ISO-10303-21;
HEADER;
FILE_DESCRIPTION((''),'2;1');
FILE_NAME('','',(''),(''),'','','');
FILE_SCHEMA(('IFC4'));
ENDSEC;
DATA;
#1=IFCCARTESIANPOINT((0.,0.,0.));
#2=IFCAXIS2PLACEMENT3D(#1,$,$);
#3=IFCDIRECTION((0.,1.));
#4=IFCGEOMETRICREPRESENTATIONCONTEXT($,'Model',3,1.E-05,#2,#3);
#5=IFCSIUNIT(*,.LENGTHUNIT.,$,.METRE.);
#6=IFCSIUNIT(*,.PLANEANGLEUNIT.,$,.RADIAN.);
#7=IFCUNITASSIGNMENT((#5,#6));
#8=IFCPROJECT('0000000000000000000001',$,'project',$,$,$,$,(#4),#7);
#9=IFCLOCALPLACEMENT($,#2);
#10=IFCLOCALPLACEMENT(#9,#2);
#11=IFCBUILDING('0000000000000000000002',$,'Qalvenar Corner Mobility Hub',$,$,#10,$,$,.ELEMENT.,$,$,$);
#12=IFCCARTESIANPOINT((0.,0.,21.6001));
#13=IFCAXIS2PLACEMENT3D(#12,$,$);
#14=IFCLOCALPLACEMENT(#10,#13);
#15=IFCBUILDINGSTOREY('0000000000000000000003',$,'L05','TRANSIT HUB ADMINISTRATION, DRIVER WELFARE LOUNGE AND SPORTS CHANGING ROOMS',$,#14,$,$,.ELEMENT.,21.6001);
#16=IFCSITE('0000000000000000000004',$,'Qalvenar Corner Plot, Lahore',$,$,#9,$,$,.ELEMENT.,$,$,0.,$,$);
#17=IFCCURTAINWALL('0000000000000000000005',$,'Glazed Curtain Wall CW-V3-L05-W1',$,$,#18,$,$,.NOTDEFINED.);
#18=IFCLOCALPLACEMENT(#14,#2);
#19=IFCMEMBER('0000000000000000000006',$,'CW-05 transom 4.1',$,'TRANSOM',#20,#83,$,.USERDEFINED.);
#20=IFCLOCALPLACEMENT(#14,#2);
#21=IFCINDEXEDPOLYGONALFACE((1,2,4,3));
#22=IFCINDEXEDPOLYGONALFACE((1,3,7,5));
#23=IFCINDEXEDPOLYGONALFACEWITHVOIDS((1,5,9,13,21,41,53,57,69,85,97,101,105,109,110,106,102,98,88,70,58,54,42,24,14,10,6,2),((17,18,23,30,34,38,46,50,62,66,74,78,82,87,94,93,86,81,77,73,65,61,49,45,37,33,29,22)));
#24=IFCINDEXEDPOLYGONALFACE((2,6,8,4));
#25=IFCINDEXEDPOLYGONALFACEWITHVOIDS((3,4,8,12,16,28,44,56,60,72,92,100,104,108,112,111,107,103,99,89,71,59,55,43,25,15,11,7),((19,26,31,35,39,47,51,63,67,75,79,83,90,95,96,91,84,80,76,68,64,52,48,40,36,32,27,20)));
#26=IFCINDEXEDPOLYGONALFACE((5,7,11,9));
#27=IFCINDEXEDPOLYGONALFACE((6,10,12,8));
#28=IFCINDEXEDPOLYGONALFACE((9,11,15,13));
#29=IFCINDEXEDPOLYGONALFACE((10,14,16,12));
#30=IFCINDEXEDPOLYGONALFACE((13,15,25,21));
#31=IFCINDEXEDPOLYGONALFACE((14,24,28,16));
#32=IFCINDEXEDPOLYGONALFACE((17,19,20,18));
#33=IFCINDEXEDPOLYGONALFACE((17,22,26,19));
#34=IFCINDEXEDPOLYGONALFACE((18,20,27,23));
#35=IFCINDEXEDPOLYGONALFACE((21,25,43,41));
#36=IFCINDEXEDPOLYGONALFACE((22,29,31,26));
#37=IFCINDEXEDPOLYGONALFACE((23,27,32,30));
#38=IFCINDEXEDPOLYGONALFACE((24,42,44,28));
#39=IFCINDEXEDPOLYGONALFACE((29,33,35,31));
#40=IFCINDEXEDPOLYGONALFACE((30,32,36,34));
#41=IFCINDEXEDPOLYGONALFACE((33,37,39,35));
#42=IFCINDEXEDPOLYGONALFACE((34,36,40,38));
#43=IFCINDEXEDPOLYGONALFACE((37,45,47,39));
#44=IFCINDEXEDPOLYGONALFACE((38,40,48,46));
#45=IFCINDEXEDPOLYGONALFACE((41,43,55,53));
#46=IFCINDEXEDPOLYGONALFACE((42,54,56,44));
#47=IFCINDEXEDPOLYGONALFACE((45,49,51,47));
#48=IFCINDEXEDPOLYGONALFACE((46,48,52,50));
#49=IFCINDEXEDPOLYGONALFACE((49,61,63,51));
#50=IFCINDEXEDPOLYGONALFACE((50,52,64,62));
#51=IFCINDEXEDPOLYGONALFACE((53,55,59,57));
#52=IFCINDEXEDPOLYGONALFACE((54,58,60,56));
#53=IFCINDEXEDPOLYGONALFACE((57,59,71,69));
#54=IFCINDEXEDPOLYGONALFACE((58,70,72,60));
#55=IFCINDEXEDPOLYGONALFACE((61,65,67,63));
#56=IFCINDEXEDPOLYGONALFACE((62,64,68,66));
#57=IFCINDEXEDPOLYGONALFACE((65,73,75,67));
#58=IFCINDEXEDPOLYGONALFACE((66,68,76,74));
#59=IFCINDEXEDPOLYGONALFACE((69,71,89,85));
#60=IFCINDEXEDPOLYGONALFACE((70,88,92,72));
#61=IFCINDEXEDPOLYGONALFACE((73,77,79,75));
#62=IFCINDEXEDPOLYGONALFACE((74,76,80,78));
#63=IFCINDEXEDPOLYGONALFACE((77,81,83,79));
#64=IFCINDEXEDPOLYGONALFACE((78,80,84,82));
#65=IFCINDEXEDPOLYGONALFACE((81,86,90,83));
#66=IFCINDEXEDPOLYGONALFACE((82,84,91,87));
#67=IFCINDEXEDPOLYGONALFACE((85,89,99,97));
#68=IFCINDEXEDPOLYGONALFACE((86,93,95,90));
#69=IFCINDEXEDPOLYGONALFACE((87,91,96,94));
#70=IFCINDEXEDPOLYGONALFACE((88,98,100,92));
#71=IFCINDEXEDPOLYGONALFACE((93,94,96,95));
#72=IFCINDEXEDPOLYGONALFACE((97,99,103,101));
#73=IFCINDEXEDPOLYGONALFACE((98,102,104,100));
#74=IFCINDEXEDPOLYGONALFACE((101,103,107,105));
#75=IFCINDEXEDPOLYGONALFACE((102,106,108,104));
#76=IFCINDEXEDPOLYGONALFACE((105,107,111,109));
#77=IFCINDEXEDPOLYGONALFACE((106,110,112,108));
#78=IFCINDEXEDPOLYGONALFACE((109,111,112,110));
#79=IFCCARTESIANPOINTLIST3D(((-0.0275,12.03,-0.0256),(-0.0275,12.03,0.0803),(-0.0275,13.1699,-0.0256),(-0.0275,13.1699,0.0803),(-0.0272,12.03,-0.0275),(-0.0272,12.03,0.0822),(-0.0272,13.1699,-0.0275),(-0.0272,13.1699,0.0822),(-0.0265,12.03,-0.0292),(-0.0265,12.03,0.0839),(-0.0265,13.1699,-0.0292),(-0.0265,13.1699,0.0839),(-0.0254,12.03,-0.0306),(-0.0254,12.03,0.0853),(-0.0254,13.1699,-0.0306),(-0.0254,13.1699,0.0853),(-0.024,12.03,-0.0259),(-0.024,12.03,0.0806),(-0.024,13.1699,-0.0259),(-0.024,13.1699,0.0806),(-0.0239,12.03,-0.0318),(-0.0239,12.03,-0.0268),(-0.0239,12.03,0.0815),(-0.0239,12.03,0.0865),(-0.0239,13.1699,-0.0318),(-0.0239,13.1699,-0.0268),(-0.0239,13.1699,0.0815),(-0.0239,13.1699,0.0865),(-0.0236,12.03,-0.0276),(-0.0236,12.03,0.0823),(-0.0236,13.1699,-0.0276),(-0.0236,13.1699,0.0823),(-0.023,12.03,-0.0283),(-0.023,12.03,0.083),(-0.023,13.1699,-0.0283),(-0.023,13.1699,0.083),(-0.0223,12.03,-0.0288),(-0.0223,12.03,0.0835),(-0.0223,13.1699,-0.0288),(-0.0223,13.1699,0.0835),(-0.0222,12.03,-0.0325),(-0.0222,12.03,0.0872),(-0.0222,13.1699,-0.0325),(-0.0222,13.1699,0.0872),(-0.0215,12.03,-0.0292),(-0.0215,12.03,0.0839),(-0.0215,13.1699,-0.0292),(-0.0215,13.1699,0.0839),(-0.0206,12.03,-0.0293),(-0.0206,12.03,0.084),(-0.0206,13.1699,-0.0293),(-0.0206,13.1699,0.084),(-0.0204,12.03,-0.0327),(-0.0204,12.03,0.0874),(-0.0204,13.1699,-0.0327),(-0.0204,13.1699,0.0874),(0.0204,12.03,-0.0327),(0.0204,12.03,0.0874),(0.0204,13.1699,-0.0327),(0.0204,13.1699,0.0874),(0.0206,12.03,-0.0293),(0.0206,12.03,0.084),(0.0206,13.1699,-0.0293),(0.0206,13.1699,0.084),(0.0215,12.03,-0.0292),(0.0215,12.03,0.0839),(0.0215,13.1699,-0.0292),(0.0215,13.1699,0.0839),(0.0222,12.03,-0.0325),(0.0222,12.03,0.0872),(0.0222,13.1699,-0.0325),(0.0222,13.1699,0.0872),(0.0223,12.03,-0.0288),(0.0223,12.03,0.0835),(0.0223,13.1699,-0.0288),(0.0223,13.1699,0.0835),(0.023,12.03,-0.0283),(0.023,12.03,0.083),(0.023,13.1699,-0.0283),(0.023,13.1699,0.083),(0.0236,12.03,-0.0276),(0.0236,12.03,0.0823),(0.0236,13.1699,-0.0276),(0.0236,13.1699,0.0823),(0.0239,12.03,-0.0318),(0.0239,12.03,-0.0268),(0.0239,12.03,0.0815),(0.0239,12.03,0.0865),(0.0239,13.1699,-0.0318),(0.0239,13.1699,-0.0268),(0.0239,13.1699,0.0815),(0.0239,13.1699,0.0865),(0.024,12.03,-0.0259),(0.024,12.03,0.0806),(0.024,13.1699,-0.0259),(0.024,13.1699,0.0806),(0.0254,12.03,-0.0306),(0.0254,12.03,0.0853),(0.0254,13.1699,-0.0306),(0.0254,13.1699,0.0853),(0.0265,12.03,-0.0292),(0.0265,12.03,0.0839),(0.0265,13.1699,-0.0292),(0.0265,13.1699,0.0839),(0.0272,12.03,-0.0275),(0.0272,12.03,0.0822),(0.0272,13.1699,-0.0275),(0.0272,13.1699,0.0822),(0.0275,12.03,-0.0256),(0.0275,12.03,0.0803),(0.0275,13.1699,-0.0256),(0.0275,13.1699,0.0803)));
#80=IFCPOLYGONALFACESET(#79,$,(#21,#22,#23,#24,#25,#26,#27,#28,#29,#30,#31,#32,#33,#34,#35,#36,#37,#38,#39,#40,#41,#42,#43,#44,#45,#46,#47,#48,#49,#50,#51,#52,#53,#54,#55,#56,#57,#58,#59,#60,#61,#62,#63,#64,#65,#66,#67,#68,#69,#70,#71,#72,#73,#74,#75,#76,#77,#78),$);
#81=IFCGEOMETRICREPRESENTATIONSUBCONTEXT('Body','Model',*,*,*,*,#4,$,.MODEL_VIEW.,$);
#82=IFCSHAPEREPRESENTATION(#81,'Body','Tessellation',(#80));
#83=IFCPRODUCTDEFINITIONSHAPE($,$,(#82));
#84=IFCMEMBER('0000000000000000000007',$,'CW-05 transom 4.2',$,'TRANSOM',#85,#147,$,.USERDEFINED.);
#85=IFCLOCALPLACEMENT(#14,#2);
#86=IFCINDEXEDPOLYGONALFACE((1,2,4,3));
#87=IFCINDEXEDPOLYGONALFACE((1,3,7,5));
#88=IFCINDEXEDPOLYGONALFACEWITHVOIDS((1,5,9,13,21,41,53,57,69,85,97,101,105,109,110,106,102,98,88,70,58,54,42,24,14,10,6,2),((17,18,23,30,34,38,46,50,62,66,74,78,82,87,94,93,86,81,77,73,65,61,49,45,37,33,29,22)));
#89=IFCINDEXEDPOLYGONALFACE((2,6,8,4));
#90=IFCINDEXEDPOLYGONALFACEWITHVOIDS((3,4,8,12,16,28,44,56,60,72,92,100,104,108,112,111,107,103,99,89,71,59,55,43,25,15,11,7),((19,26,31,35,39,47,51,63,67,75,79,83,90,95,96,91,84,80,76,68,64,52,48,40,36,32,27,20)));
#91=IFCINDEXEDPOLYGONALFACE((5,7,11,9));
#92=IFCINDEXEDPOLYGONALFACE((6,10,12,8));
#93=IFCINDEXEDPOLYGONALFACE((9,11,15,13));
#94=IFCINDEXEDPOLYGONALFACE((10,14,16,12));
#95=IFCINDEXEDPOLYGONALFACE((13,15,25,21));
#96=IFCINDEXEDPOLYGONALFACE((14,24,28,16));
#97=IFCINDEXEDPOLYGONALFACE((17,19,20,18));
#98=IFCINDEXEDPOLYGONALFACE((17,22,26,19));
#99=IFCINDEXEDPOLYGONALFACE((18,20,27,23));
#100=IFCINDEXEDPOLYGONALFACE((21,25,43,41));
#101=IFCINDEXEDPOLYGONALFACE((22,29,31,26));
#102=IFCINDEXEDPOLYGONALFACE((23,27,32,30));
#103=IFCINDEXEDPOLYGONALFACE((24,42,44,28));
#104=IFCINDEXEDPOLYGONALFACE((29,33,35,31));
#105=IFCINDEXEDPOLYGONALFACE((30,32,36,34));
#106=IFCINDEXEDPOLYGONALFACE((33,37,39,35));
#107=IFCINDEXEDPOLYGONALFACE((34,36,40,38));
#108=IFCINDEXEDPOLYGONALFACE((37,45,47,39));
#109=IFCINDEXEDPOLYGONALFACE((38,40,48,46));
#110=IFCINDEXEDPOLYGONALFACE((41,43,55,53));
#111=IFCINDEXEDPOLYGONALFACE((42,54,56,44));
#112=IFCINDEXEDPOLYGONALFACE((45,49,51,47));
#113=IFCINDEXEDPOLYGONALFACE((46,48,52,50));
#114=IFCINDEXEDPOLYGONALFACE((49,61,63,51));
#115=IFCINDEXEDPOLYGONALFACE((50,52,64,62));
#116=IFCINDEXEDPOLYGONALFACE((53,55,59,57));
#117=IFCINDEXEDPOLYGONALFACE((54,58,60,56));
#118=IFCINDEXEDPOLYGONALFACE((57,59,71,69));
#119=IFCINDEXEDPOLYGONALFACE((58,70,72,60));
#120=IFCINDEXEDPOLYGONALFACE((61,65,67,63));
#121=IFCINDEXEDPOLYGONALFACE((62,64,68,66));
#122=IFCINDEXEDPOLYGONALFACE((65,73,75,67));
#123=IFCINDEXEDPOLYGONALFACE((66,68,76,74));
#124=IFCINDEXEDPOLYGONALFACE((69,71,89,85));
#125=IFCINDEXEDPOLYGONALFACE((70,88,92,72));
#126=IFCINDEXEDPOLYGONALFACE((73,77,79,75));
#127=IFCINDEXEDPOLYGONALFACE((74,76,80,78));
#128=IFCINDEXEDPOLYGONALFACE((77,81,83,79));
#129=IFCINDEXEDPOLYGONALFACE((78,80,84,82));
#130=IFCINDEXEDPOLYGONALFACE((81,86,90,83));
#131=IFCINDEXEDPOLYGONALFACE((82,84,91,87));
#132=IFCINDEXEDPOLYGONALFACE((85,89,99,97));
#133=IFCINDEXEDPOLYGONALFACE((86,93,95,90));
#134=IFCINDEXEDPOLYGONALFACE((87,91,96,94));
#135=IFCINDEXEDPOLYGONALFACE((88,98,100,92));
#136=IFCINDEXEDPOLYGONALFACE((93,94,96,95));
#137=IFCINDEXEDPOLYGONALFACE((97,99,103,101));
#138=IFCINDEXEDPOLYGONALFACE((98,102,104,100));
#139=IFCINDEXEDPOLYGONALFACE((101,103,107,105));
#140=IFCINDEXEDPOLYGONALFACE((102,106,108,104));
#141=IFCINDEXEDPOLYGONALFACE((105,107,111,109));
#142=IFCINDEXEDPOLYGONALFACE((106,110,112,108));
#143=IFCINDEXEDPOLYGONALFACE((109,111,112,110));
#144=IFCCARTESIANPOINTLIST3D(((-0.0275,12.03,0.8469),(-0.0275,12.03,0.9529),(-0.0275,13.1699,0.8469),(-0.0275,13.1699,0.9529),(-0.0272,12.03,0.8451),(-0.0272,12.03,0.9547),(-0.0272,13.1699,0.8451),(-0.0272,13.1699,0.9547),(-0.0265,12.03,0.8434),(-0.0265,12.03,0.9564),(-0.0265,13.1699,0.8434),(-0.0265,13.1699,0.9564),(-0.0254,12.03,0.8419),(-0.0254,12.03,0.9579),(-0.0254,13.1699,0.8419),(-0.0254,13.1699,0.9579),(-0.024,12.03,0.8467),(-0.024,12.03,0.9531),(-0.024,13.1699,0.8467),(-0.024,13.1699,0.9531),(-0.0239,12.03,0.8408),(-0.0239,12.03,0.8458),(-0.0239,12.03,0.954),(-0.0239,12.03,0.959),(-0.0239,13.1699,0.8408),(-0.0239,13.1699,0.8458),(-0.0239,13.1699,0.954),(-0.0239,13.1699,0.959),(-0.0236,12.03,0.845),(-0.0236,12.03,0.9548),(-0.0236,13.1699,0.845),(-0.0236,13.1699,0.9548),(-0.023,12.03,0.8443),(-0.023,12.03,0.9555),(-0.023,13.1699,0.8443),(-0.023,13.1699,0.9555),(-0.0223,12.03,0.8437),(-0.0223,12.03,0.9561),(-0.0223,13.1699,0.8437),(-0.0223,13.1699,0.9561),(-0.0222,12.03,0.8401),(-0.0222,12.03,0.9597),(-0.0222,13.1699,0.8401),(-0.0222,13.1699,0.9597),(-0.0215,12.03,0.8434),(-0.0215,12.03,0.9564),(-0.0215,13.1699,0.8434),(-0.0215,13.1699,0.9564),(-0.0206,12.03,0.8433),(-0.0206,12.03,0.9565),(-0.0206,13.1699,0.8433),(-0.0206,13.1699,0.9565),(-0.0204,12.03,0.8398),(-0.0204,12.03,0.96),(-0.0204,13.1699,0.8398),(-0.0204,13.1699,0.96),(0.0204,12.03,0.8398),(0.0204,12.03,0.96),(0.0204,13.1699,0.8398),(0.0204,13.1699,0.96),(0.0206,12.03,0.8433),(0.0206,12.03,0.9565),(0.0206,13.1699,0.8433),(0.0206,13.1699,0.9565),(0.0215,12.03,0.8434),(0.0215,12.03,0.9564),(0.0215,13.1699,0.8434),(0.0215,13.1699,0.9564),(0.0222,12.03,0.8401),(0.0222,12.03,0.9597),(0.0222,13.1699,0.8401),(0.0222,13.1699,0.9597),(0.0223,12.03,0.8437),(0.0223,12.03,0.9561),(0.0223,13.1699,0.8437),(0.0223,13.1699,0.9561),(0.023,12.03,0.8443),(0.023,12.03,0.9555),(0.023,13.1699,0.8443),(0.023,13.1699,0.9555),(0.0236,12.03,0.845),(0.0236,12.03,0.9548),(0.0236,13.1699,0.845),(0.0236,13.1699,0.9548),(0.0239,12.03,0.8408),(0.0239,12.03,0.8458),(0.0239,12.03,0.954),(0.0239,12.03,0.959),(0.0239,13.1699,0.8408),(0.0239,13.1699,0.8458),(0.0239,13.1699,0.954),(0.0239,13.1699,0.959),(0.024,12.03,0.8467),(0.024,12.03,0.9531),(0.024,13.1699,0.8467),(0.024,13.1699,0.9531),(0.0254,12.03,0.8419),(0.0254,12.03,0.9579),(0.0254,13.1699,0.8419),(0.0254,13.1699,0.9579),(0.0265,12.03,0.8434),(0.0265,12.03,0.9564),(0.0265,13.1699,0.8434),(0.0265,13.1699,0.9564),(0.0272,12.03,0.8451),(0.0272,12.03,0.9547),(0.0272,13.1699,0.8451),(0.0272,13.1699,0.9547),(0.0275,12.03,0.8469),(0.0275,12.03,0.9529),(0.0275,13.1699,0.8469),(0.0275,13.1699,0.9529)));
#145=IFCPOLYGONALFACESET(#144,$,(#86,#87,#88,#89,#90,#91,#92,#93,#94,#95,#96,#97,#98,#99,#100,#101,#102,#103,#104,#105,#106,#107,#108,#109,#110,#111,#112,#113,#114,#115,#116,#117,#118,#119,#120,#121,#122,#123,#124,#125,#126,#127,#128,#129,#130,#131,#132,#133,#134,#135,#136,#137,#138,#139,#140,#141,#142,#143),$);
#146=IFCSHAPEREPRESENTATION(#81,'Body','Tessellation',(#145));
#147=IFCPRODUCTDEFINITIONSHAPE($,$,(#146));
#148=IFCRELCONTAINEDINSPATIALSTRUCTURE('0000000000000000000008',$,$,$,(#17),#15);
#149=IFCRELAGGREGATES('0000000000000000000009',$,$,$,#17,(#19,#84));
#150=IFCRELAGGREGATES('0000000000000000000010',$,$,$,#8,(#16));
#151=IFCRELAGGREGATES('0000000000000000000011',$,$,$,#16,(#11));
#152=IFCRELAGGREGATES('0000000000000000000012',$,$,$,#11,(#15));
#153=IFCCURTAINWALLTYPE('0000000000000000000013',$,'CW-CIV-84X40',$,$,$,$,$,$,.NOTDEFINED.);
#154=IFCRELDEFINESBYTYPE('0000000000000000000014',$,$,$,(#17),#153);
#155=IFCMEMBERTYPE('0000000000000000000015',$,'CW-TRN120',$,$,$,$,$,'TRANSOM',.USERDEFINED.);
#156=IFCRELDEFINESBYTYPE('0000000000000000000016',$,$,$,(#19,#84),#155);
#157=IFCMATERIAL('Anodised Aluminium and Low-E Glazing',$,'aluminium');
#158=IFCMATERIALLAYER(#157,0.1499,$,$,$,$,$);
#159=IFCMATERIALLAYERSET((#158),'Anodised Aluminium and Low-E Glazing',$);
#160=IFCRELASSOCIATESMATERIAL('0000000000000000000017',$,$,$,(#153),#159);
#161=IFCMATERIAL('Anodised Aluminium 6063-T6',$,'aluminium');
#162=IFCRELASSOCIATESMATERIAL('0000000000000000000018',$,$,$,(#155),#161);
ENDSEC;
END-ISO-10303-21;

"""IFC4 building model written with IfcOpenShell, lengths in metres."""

from ifc_helpers import new_model, si_unit, direction, frame, origin, origin_2d, place, context, subcontext, project, spatial, hollow_rectangle, extrude, material, layer, layer_set, material_profile, profile_set, type_object, element, aggregate, save


model = new_model("IFC4")

# Units and contexts
model_context = context("Model", 3, precision=1e-05, world=origin(), true_north=direction((0.0, 1.0)))
body_context = subcontext(model_context, "Body", "Model", "MODEL_VIEW")
ifc_project = project(units=[si_unit("LENGTHUNIT", "METRE"), si_unit("PLANEANGLEUNIT", "RADIAN")], contexts=[model_context])

# Site, building, storey
site_placement = place(None, origin())
site = spatial("IfcSite", under=ifc_project, at=site_placement, Name="Qalvenar Corner Plot, Lahore", CompositionType="ELEMENT", RefElevation=0.0)
building_placement = place(site_placement, origin())
building = spatial("IfcBuilding", under=site, at=building_placement, Name="Qalvenar Corner Mobility Hub", CompositionType="ELEMENT")
storey_placement = place(building_placement, frame((0.0, 0.0, 21.6001)))
storey = spatial("IfcBuildingStorey", under=building, at=storey_placement, Name="L05", Description="TRANSIT HUB ADMINISTRATION, DRIVER WELFARE LOUNGE AND SPORTS CHANGING ROOMS", CompositionType="ELEMENT", Elevation=21.6001)

# Curtain wall
ifc_material_1 = material(Name="Anodised Aluminium and Low-E Glazing", Category="aluminium")
ifc_layer_1 = layer(ifc_material_1, 0.1499)
ifc_layer_set_1 = layer_set([ifc_layer_1], Name="Anodised Aluminium and Low-E Glazing")
curtain_wall_type = type_object("IfcCurtainWallType", Name="CW-CIV-84X40", PredefinedType="NOTDEFINED", material=ifc_layer_set_1)
curtain_wall_1_placement = place(storey_placement, origin())
curtain_wall_1 = element("IfcCurtainWall", 1, at=curtain_wall_1_placement, inside=storey, type_object=curtain_wall_type, Name="Glazed Curtain Wall CW-V3-L05-W1", PredefinedType="NOTDEFINED")
ifc_material_2 = material(Name="Anodised Aluminium 6063-T6", Category="aluminium")

# Members
ifc_material_profile_1 = material_profile(ifc_material_2, hollow_rectangle(XDim=0.0549, YDim=0.1201, WallThickness=0.0034, InnerFilletRadius=0.0034, OuterFilletRadius=0.0071, at=origin_2d()), Name="RHS120x55x3.5")
ifc_profile_set_1 = profile_set([ifc_material_profile_1], Name="Anodised Aluminium 6063-T6")
member_type_1 = type_object("IfcMemberType", Name="CW-TRN120", ElementType="TRANSOM", PredefinedType="USERDEFINED", material=ifc_profile_set_1)
member_1_placement = place(storey_placement, frame((0.0, 13.1699, 0.0273), z_axis=(0.0, -1.0, 0.0), x_axis=(1.0, 0.0, 0.0)))
member_1 = element("IfcMember", 2, at=member_1_placement, type_object=member_type_1, Name="CW-05 transom 4.1", ObjectType="TRANSOM", PredefinedType="USERDEFINED", context=body_context, shape_type="SweptSolid", body=[
    extrude(hollow_rectangle(XDim=0.0549, YDim=0.1201, WallThickness=0.0034, InnerFilletRadius=0.0034, OuterFilletRadius=0.0071, at=origin_2d()), origin(), (0.0, 0.0, 1.0), 1.1399),
])
member_2_placement = place(storey_placement, frame((0.0, 13.1699, 0.8999), z_axis=(0.0, -1.0, 0.0), x_axis=(1.0, 0.0, 0.0)))
member_2 = element("IfcMember", 3, at=member_2_placement, type_object=member_type_1, Name="CW-05 transom 4.2", ObjectType="TRANSOM", PredefinedType="USERDEFINED", context=body_context, shape_type="SweptSolid", body=[
    extrude(hollow_rectangle(XDim=0.0549, YDim=0.1201, WallThickness=0.0034, InnerFilletRadius=0.0034, OuterFilletRadius=0.0071, at=origin_2d()), origin(), (0.0, 0.0, 1.0), 1.1399),
])

aggregate(curtain_wall_1, [member_1, member_2])

save(model, "model.ifc")
